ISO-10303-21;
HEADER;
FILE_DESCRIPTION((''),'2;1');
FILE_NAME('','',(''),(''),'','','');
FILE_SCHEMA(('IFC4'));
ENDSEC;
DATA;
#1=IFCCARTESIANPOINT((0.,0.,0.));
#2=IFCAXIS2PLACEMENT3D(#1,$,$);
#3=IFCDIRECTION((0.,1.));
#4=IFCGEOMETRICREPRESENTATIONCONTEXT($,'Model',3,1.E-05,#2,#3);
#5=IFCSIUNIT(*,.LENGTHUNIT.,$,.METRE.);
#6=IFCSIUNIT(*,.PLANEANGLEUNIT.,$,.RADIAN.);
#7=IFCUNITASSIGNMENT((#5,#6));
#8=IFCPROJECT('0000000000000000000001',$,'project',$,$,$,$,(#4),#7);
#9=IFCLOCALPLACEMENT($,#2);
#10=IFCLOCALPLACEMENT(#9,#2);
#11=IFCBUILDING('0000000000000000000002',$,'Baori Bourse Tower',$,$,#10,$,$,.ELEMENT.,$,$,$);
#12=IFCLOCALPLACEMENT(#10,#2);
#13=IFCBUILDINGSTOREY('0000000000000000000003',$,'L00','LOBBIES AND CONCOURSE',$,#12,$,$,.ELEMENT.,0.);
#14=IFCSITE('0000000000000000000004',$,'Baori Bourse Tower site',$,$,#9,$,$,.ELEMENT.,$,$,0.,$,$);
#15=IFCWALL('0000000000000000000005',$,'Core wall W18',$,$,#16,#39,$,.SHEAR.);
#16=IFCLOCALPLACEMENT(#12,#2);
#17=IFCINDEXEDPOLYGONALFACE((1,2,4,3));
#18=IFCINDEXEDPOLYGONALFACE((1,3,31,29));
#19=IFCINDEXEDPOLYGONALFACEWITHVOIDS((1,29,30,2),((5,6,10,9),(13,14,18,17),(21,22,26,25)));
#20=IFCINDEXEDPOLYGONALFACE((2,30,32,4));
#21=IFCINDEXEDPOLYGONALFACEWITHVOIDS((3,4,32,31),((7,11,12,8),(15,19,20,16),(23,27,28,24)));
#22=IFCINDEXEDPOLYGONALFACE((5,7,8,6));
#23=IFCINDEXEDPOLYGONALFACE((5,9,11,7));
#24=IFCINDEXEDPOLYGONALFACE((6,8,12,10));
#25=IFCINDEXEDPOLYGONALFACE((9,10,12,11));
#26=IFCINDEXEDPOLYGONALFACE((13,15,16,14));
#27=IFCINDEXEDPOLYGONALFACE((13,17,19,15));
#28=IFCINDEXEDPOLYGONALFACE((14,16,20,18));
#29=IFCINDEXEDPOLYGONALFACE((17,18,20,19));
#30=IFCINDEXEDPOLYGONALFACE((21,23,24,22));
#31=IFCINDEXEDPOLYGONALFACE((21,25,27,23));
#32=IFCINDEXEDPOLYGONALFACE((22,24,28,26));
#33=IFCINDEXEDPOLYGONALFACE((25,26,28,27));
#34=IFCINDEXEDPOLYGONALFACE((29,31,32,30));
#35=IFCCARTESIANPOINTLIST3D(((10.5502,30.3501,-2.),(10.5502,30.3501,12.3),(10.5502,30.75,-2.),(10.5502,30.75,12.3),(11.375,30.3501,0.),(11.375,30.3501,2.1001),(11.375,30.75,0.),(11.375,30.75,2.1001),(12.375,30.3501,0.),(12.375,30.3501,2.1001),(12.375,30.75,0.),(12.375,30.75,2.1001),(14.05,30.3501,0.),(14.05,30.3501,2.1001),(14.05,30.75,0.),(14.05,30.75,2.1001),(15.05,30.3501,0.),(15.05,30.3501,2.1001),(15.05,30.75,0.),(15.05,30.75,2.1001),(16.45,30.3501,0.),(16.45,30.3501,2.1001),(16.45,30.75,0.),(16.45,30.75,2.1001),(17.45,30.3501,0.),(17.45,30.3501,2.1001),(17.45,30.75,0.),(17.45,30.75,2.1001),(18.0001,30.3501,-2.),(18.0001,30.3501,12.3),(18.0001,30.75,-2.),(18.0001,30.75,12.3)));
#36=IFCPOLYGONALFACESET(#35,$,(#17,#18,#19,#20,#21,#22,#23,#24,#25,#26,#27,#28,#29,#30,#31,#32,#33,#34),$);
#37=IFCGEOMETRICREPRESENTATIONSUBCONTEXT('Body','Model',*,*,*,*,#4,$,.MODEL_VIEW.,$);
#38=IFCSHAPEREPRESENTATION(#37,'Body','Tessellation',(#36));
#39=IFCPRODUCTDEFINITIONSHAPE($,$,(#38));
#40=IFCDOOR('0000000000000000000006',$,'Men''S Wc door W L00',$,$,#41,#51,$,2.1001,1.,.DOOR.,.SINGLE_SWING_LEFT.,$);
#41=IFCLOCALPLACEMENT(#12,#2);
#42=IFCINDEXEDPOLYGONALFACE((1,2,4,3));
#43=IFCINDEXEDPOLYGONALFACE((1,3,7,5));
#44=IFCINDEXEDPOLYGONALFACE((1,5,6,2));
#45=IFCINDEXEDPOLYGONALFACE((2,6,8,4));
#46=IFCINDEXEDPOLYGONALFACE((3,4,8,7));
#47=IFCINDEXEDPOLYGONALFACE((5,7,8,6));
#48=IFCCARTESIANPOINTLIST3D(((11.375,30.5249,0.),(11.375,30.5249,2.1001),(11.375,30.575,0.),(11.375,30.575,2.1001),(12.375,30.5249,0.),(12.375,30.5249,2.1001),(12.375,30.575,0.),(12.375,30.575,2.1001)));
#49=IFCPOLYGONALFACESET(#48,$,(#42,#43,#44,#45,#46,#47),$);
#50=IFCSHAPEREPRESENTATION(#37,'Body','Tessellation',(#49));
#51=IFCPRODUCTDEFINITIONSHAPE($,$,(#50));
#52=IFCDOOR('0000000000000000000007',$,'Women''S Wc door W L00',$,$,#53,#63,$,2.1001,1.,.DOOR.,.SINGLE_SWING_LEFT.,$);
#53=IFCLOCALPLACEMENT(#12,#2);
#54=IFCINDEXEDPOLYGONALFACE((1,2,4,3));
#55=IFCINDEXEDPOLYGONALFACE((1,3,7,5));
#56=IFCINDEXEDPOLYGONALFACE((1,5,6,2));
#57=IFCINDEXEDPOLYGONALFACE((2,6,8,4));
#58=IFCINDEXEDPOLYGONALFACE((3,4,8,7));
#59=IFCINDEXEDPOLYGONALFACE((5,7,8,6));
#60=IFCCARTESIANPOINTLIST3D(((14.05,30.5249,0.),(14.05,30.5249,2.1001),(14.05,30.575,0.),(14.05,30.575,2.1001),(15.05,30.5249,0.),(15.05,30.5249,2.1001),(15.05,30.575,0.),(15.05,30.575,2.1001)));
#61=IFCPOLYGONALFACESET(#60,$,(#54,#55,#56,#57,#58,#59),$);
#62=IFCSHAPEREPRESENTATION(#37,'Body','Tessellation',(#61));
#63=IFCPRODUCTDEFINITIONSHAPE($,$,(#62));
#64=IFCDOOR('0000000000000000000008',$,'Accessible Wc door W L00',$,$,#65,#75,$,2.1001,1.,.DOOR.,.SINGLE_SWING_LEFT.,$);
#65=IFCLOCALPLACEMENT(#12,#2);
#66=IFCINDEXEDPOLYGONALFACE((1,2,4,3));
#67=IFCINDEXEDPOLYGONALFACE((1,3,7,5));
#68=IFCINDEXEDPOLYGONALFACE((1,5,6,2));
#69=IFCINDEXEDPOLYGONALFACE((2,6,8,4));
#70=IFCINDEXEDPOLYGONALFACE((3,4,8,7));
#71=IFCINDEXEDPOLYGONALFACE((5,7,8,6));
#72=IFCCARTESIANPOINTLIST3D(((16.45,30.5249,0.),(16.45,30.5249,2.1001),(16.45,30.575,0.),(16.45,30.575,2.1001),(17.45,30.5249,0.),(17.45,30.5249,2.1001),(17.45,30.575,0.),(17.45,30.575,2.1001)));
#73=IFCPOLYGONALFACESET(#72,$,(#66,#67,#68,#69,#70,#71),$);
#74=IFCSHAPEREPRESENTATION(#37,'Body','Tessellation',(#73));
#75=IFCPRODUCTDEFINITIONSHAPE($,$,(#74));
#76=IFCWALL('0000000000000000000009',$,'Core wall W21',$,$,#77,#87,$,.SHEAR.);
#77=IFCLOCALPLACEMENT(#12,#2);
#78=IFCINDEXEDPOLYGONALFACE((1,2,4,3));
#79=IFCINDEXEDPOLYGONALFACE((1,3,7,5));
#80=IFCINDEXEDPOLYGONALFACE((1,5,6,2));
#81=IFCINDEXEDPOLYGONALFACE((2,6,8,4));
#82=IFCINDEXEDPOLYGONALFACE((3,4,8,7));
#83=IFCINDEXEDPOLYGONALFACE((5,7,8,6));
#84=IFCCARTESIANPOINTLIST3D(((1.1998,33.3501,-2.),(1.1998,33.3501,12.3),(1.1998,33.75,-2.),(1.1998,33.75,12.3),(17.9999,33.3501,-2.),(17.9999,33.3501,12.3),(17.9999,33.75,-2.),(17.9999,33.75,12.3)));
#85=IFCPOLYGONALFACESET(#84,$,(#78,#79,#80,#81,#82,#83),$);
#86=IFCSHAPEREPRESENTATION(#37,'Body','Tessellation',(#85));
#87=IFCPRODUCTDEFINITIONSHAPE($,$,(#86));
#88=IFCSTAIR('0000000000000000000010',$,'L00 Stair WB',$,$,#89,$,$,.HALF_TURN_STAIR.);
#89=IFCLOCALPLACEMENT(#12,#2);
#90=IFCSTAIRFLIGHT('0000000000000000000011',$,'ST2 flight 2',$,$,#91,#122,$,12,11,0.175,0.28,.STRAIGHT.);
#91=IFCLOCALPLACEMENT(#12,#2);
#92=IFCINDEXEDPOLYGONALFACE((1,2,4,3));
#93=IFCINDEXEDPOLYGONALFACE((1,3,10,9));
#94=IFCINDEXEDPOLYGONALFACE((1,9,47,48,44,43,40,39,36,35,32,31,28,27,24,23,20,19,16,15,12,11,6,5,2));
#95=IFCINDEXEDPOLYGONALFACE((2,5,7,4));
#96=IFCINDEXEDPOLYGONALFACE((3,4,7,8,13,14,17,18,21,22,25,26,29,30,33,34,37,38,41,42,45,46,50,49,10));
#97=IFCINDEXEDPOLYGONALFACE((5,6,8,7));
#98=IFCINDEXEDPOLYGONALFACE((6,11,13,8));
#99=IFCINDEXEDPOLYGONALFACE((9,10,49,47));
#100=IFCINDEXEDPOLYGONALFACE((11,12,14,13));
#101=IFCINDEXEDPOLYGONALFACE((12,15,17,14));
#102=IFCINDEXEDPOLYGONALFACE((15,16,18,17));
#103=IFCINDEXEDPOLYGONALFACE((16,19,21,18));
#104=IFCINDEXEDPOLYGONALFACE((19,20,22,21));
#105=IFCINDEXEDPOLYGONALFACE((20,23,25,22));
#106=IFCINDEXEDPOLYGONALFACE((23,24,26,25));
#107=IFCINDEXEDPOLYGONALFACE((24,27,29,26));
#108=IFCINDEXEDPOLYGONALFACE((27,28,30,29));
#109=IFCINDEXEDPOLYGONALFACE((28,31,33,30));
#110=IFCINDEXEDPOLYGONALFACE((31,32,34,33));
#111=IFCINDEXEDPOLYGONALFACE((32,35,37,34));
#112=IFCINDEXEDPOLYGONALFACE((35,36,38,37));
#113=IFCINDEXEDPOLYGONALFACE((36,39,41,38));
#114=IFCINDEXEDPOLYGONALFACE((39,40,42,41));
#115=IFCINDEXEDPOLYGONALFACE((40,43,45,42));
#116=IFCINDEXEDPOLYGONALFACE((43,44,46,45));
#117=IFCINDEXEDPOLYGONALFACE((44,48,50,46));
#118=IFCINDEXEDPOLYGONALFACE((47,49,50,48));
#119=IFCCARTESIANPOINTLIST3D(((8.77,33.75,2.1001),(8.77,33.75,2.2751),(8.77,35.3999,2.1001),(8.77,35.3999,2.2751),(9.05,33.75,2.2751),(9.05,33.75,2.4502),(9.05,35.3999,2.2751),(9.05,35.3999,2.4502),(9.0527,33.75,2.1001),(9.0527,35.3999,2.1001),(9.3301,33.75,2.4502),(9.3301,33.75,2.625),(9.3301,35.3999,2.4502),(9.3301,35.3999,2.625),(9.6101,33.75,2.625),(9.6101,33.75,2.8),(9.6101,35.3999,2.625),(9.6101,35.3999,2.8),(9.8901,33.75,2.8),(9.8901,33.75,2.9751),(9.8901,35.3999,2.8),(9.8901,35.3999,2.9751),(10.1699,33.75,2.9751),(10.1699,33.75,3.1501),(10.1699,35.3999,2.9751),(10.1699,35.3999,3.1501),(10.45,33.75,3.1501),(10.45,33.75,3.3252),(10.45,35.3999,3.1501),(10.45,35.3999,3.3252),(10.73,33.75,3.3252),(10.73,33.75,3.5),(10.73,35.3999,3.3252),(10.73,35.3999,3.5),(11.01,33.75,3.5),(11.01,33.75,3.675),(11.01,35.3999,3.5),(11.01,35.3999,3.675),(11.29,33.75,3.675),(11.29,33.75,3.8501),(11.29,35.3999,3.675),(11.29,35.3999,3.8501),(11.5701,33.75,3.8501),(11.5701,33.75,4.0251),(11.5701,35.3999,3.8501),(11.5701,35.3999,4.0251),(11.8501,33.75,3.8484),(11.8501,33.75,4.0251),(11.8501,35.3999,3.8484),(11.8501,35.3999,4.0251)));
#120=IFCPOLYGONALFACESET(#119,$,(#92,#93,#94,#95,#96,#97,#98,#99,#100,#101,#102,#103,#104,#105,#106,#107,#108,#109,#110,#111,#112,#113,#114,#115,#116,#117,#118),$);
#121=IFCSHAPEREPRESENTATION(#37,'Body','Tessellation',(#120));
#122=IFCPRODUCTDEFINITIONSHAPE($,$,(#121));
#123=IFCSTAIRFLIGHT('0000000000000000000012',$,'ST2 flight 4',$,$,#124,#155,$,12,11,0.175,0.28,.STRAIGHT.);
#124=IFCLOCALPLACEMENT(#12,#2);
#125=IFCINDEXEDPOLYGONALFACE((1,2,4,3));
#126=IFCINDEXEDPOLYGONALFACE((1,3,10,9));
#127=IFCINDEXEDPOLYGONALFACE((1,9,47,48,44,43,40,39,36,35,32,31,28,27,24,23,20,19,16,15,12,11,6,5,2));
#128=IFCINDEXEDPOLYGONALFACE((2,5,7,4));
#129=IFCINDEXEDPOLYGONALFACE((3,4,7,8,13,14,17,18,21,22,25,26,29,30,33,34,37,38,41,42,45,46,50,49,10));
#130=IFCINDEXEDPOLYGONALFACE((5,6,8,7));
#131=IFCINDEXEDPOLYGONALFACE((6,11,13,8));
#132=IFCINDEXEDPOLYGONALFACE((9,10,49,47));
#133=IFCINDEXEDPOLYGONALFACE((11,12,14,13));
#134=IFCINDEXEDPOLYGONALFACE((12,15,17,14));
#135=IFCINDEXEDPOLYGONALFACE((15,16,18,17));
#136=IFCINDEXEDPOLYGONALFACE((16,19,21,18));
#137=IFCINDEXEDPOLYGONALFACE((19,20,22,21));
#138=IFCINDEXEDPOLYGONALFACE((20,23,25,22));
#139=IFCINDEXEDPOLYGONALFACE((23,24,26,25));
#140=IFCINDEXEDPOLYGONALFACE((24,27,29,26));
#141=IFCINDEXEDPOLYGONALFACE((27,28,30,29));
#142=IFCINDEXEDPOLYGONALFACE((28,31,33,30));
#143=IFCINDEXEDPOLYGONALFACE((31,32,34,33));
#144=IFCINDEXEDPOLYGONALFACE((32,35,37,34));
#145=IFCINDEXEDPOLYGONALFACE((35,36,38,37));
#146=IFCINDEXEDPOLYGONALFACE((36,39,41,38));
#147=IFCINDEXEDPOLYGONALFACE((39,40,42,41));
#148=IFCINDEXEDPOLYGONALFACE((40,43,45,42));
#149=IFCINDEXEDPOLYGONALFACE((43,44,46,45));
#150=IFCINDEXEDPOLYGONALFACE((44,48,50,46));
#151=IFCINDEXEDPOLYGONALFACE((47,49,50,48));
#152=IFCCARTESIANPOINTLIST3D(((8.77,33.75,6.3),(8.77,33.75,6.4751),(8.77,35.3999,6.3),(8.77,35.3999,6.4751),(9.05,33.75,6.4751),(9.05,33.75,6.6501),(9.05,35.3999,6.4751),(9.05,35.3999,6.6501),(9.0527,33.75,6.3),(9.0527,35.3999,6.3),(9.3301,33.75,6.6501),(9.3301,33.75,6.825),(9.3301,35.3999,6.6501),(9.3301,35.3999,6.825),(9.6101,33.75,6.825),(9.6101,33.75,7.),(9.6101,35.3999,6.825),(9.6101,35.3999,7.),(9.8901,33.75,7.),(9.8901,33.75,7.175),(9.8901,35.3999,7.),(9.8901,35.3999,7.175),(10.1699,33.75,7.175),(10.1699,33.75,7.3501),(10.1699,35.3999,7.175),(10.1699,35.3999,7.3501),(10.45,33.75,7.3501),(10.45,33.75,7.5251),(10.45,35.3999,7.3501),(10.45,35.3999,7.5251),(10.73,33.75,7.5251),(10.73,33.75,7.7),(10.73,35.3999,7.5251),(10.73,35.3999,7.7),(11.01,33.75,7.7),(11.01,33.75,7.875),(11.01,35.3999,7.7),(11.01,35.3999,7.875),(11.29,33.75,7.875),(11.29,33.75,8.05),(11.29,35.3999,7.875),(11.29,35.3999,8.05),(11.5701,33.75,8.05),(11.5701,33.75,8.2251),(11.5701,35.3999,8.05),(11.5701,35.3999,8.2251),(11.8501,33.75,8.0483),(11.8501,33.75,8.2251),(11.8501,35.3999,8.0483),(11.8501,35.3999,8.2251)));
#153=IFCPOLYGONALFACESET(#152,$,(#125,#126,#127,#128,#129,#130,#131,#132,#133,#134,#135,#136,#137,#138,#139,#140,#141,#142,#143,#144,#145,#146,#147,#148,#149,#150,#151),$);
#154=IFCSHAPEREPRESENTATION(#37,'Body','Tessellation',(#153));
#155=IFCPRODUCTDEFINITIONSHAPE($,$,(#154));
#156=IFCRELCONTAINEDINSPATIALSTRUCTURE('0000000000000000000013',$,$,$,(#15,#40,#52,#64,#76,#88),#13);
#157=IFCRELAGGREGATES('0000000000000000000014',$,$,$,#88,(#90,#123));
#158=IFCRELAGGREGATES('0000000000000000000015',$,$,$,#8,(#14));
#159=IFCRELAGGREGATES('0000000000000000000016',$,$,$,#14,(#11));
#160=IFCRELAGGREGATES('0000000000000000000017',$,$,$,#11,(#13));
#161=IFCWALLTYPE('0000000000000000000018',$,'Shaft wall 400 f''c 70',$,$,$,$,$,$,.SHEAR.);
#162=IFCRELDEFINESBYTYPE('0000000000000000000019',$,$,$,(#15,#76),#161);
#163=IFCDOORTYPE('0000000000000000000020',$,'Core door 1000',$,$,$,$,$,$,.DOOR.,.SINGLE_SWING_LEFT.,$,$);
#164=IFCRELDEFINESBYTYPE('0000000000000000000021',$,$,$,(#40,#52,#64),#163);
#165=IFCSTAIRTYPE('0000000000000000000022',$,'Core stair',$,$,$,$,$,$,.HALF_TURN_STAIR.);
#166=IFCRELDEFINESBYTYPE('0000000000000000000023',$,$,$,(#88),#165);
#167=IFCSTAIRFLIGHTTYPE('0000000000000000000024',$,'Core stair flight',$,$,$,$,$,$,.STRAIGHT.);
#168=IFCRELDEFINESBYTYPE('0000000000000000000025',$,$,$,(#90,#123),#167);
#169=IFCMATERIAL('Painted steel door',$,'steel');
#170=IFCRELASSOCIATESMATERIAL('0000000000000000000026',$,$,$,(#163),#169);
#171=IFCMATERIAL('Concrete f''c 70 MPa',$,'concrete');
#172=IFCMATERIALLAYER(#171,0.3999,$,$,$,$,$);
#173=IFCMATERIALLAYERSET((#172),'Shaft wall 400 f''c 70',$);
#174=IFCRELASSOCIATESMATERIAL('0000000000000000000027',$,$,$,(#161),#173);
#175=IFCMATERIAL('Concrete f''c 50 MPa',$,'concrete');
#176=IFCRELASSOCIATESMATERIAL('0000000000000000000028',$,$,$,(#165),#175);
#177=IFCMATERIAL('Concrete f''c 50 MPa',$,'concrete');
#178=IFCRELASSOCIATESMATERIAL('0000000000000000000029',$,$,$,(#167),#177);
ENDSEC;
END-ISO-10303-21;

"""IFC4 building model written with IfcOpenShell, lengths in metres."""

from ifc_helpers import new_model, si_unit, direction, frame, frame_2d, origin, place, context, subcontext, project, spatial, polyline, rectangle, outline, extrude, material, layer, layer_set, type_object, element, fill, aggregate, save


model = new_model("IFC4")

# Units and contexts
model_context = context("Model", 3, precision=1e-05, world=origin(), true_north=direction((0.0, 1.0)))
body_context = subcontext(model_context, "Body", "Model", "MODEL_VIEW")
ifc_project = project(units=[si_unit("LENGTHUNIT", "METRE"), si_unit("PLANEANGLEUNIT", "RADIAN")], contexts=[model_context])

# Site, building, storey
site_placement = place(None, origin())
site = spatial("IfcSite", under=ifc_project, at=site_placement, Name="Baori Bourse Tower site", CompositionType="ELEMENT", RefElevation=0.0)
building_placement = place(site_placement, origin())
building = spatial("IfcBuilding", under=site, at=building_placement, Name="Baori Bourse Tower", CompositionType="ELEMENT")
storey_placement = place(building_placement, origin())
storey = spatial("IfcBuildingStorey", under=building, at=storey_placement, Name="L00", Description="LOBBIES AND CONCOURSE", CompositionType="ELEMENT", Elevation=0.0)

# Shared definitions
ifc_material_1 = material(Name="Painted steel door", Category="steel")
door_type_1 = type_object("IfcDoorType", Name="Core door 1000", OperationType="SINGLE_SWING_LEFT", PredefinedType="DOOR", material=ifc_material_1)

# Wall, openings, doors
ifc_material_2 = material(Name="Concrete f'c 70 MPa", Category="concrete")
ifc_layer_1 = layer(ifc_material_2, 0.3999)
ifc_layer_set_1 = layer_set([ifc_layer_1], Name="Shaft wall 400 f'c 70")
wall_type_1 = type_object("IfcWallType", Name="Shaft wall 400 f'c 70", PredefinedType="SHEAR", material=ifc_layer_set_1)
wall_1_placement = place(storey_placement, frame((10.55, 30.55, -2.0), z_axis=(0.0, 0.0, 1.0), x_axis=(1.0, 0.0, 0.0)))
wall_1 = element("IfcWall", 1, at=wall_1_placement, inside=storey, type_object=wall_type_1, Name="Core wall W18", PredefinedType="SHEAR", context=body_context, shape_type="SweptSolid", body=[
    extrude(rectangle(XDim=7.45, YDim=0.3999, at=frame_2d((3.7251, 0.0))), origin(), (0.0, 0.0, 1.0), 14.3),
])
opening_1_placement = place(wall_1_placement, frame((0.825, 0.0, 2.0)))
opening_1 = element("IfcOpeningElement", 2, at=opening_1_placement, cuts=wall_1, PredefinedType="OPENING", context=body_context, shape_type="SweptSolid", body=[
    extrude(rectangle(XDim=1.0, YDim=2.1001, at=frame_2d((0.5, 1.05))), frame((0.0, 0.21, 0.0), z_axis=(0.0, -1.0, 0.0), x_axis=(1.0, 0.0, 0.0)), (0.0, 0.0, 1.0), 0.4199),
])
opening_2_placement = place(wall_1_placement, frame((3.5, 0.0, 2.0)))
opening_2 = element("IfcOpeningElement", 3, at=opening_2_placement, cuts=wall_1, PredefinedType="OPENING", context=body_context, shape_type="SweptSolid", body=[
    extrude(rectangle(XDim=1.0, YDim=2.1001, at=frame_2d((0.5, 1.05))), frame((0.0, 0.21, 0.0), z_axis=(0.0, -1.0, 0.0), x_axis=(1.0, 0.0, 0.0)), (0.0, 0.0, 1.0), 0.4199),
])
opening_3_placement = place(wall_1_placement, frame((5.8999, 0.0, 2.0)))
opening_3 = element("IfcOpeningElement", 4, at=opening_3_placement, cuts=wall_1, PredefinedType="OPENING", context=body_context, shape_type="SweptSolid", body=[
    extrude(rectangle(XDim=1.0, YDim=2.1001, at=frame_2d((0.5, 1.05))), frame((0.0, 0.21, 0.0), z_axis=(0.0, -1.0, 0.0), x_axis=(1.0, 0.0, 0.0)), (0.0, 0.0, 1.0), 0.4199),
])
door_1_placement = place(opening_1_placement, origin())
door_1 = element("IfcDoor", 5, at=door_1_placement, inside=storey, type_object=door_type_1, Name="Men'S Wc door W L00", OperationType="SINGLE_SWING_LEFT", OverallHeight=2.1001, OverallWidth=1.0, PredefinedType="DOOR", context=body_context, shape_type="SweptSolid", body=[
    extrude(rectangle(XDim=1.0, YDim=2.1001, at=frame_2d((0.5, 1.05))), frame((0.0, 0.0249, 0.0), z_axis=(0.0, -1.0, 0.0), x_axis=(1.0, 0.0, 0.0)), (0.0, 0.0, 1.0), 0.05),
])
fill(opening_1, door_1)
door_2_placement = place(opening_2_placement, origin())
door_2 = element("IfcDoor", 6, at=door_2_placement, inside=storey, type_object=door_type_1, Name="Women'S Wc door W L00", OperationType="SINGLE_SWING_LEFT", OverallHeight=2.1001, OverallWidth=1.0, PredefinedType="DOOR", context=body_context, shape_type="SweptSolid", body=[
    extrude(rectangle(XDim=1.0, YDim=2.1001, at=frame_2d((0.5, 1.05))), frame((0.0, 0.0249, 0.0), z_axis=(0.0, -1.0, 0.0), x_axis=(1.0, 0.0, 0.0)), (0.0, 0.0, 1.0), 0.05),
])
fill(opening_2, door_2)
door_3_placement = place(opening_3_placement, origin())
door_3 = element("IfcDoor", 7, at=door_3_placement, inside=storey, type_object=door_type_1, Name="Accessible Wc door W L00", OperationType="SINGLE_SWING_LEFT", OverallHeight=2.1001, OverallWidth=1.0, PredefinedType="DOOR", context=body_context, shape_type="SweptSolid", body=[
    extrude(rectangle(XDim=1.0, YDim=2.1001, at=frame_2d((0.5, 1.05))), frame((0.0, 0.0249, 0.0), z_axis=(0.0, -1.0, 0.0), x_axis=(1.0, 0.0, 0.0)), (0.0, 0.0, 1.0), 0.05),
])
fill(opening_3, door_3)

# Wall
wall_2_placement = place(storey_placement, frame((1.2, 33.55, -2.0), z_axis=(0.0, 0.0, 1.0), x_axis=(1.0, 0.0, 0.0)))
element("IfcWall", 8, at=wall_2_placement, inside=storey, type_object=wall_type_1, Name="Core wall W21", PredefinedType="SHEAR", context=body_context, shape_type="SweptSolid", body=[
    extrude(rectangle(XDim=16.8, YDim=0.3999, at=frame_2d((8.3999, 0.0))), origin(), (0.0, 0.0, 1.0), 14.3),
])

# Stair, stair flights
ifc_material_3 = material(Name="Concrete f'c 50 MPa", Category="concrete")
stair_type = type_object("IfcStairType", Name="Core stair", PredefinedType="HALF_TURN_STAIR", material=ifc_material_3)
stair_placement = place(storey_placement, origin())
stair = element("IfcStair", 9, at=stair_placement, inside=storey, type_object=stair_type, Name="L00 Stair WB", PredefinedType="HALF_TURN_STAIR")
ifc_material_4 = material(Name="Concrete f'c 50 MPa", Category="concrete")
stair_flight_type = type_object("IfcStairFlightType", Name="Core stair flight", PredefinedType="STRAIGHT", material=ifc_material_4)
stair_flight_1_placement = place(storey_placement, frame((8.77, 34.575, 2.1001), z_axis=(0.0, 0.0, 1.0), x_axis=(1.0, 0.0, 0.0)))
stair_flight_1 = element("IfcStairFlight", 10, at=stair_flight_1_placement, type_object=stair_flight_type, Name="ST2 flight 2", NumberOfRisers=12, NumberOfTreads=11, PredefinedType="STRAIGHT", RiserHeight=0.175, TreadLength=0.28, context=body_context, shape_type="SweptSolid", body=[
    extrude(outline(polyline([(0.0, 0.0), (0.0, 0.175), (0.28, 0.175), (0.28, 0.3501), (0.5601, 0.3501), (0.5601, 0.5249), (0.8401, 0.5249), (0.8401, 0.7), (1.1201, 0.7), (1.1201, 0.875), (1.3999, 0.875), (1.3999, 1.05), (1.6799, 1.05), (1.6799, 1.2251), (1.96, 1.2251), (1.96, 1.3999), (2.24, 1.3999), (2.24, 1.575), (2.52, 1.575), (2.52, 1.75), (2.8, 1.75), (2.8, 1.925), (3.0801, 1.925), (3.0801, 2.1001), (3.0801, 1.7483), (0.2827, 0.0), (0.0, 0.0)])), frame((0.0, 0.825, 0.0), z_axis=(0.0, -1.0, 0.0), x_axis=(1.0, 0.0, 0.0)), (0.0, 0.0, 1.0), 1.6499),
])
stair_flight_2_placement = place(storey_placement, frame((8.77, 34.575, 6.3), z_axis=(0.0, 0.0, 1.0), x_axis=(1.0, 0.0, 0.0)))
stair_flight_2 = element("IfcStairFlight", 11, at=stair_flight_2_placement, type_object=stair_flight_type, Name="ST2 flight 4", NumberOfRisers=12, NumberOfTreads=11, PredefinedType="STRAIGHT", RiserHeight=0.175, TreadLength=0.28, context=body_context, shape_type="SweptSolid", body=[
    extrude(outline(polyline([(0.0, 0.0), (0.0, 0.175), (0.28, 0.175), (0.28, 0.3501), (0.5601, 0.3501), (0.5601, 0.5249), (0.8401, 0.5249), (0.8401, 0.7), (1.1201, 0.7), (1.1201, 0.875), (1.3999, 0.875), (1.3999, 1.05), (1.6799, 1.05), (1.6799, 1.2251), (1.96, 1.2251), (1.96, 1.3999), (2.24, 1.3999), (2.24, 1.575), (2.52, 1.575), (2.52, 1.75), (2.8, 1.75), (2.8, 1.925), (3.0801, 1.925), (3.0801, 2.1001), (3.0801, 1.7483), (0.2827, 0.0), (0.0, 0.0)])), frame((0.0, 0.825, 0.0), z_axis=(0.0, -1.0, 0.0), x_axis=(1.0, 0.0, 0.0)), (0.0, 0.0, 1.0), 1.6499),
])
aggregate(stair, [stair_flight_1, stair_flight_2])

save(model, "model.ifc")
